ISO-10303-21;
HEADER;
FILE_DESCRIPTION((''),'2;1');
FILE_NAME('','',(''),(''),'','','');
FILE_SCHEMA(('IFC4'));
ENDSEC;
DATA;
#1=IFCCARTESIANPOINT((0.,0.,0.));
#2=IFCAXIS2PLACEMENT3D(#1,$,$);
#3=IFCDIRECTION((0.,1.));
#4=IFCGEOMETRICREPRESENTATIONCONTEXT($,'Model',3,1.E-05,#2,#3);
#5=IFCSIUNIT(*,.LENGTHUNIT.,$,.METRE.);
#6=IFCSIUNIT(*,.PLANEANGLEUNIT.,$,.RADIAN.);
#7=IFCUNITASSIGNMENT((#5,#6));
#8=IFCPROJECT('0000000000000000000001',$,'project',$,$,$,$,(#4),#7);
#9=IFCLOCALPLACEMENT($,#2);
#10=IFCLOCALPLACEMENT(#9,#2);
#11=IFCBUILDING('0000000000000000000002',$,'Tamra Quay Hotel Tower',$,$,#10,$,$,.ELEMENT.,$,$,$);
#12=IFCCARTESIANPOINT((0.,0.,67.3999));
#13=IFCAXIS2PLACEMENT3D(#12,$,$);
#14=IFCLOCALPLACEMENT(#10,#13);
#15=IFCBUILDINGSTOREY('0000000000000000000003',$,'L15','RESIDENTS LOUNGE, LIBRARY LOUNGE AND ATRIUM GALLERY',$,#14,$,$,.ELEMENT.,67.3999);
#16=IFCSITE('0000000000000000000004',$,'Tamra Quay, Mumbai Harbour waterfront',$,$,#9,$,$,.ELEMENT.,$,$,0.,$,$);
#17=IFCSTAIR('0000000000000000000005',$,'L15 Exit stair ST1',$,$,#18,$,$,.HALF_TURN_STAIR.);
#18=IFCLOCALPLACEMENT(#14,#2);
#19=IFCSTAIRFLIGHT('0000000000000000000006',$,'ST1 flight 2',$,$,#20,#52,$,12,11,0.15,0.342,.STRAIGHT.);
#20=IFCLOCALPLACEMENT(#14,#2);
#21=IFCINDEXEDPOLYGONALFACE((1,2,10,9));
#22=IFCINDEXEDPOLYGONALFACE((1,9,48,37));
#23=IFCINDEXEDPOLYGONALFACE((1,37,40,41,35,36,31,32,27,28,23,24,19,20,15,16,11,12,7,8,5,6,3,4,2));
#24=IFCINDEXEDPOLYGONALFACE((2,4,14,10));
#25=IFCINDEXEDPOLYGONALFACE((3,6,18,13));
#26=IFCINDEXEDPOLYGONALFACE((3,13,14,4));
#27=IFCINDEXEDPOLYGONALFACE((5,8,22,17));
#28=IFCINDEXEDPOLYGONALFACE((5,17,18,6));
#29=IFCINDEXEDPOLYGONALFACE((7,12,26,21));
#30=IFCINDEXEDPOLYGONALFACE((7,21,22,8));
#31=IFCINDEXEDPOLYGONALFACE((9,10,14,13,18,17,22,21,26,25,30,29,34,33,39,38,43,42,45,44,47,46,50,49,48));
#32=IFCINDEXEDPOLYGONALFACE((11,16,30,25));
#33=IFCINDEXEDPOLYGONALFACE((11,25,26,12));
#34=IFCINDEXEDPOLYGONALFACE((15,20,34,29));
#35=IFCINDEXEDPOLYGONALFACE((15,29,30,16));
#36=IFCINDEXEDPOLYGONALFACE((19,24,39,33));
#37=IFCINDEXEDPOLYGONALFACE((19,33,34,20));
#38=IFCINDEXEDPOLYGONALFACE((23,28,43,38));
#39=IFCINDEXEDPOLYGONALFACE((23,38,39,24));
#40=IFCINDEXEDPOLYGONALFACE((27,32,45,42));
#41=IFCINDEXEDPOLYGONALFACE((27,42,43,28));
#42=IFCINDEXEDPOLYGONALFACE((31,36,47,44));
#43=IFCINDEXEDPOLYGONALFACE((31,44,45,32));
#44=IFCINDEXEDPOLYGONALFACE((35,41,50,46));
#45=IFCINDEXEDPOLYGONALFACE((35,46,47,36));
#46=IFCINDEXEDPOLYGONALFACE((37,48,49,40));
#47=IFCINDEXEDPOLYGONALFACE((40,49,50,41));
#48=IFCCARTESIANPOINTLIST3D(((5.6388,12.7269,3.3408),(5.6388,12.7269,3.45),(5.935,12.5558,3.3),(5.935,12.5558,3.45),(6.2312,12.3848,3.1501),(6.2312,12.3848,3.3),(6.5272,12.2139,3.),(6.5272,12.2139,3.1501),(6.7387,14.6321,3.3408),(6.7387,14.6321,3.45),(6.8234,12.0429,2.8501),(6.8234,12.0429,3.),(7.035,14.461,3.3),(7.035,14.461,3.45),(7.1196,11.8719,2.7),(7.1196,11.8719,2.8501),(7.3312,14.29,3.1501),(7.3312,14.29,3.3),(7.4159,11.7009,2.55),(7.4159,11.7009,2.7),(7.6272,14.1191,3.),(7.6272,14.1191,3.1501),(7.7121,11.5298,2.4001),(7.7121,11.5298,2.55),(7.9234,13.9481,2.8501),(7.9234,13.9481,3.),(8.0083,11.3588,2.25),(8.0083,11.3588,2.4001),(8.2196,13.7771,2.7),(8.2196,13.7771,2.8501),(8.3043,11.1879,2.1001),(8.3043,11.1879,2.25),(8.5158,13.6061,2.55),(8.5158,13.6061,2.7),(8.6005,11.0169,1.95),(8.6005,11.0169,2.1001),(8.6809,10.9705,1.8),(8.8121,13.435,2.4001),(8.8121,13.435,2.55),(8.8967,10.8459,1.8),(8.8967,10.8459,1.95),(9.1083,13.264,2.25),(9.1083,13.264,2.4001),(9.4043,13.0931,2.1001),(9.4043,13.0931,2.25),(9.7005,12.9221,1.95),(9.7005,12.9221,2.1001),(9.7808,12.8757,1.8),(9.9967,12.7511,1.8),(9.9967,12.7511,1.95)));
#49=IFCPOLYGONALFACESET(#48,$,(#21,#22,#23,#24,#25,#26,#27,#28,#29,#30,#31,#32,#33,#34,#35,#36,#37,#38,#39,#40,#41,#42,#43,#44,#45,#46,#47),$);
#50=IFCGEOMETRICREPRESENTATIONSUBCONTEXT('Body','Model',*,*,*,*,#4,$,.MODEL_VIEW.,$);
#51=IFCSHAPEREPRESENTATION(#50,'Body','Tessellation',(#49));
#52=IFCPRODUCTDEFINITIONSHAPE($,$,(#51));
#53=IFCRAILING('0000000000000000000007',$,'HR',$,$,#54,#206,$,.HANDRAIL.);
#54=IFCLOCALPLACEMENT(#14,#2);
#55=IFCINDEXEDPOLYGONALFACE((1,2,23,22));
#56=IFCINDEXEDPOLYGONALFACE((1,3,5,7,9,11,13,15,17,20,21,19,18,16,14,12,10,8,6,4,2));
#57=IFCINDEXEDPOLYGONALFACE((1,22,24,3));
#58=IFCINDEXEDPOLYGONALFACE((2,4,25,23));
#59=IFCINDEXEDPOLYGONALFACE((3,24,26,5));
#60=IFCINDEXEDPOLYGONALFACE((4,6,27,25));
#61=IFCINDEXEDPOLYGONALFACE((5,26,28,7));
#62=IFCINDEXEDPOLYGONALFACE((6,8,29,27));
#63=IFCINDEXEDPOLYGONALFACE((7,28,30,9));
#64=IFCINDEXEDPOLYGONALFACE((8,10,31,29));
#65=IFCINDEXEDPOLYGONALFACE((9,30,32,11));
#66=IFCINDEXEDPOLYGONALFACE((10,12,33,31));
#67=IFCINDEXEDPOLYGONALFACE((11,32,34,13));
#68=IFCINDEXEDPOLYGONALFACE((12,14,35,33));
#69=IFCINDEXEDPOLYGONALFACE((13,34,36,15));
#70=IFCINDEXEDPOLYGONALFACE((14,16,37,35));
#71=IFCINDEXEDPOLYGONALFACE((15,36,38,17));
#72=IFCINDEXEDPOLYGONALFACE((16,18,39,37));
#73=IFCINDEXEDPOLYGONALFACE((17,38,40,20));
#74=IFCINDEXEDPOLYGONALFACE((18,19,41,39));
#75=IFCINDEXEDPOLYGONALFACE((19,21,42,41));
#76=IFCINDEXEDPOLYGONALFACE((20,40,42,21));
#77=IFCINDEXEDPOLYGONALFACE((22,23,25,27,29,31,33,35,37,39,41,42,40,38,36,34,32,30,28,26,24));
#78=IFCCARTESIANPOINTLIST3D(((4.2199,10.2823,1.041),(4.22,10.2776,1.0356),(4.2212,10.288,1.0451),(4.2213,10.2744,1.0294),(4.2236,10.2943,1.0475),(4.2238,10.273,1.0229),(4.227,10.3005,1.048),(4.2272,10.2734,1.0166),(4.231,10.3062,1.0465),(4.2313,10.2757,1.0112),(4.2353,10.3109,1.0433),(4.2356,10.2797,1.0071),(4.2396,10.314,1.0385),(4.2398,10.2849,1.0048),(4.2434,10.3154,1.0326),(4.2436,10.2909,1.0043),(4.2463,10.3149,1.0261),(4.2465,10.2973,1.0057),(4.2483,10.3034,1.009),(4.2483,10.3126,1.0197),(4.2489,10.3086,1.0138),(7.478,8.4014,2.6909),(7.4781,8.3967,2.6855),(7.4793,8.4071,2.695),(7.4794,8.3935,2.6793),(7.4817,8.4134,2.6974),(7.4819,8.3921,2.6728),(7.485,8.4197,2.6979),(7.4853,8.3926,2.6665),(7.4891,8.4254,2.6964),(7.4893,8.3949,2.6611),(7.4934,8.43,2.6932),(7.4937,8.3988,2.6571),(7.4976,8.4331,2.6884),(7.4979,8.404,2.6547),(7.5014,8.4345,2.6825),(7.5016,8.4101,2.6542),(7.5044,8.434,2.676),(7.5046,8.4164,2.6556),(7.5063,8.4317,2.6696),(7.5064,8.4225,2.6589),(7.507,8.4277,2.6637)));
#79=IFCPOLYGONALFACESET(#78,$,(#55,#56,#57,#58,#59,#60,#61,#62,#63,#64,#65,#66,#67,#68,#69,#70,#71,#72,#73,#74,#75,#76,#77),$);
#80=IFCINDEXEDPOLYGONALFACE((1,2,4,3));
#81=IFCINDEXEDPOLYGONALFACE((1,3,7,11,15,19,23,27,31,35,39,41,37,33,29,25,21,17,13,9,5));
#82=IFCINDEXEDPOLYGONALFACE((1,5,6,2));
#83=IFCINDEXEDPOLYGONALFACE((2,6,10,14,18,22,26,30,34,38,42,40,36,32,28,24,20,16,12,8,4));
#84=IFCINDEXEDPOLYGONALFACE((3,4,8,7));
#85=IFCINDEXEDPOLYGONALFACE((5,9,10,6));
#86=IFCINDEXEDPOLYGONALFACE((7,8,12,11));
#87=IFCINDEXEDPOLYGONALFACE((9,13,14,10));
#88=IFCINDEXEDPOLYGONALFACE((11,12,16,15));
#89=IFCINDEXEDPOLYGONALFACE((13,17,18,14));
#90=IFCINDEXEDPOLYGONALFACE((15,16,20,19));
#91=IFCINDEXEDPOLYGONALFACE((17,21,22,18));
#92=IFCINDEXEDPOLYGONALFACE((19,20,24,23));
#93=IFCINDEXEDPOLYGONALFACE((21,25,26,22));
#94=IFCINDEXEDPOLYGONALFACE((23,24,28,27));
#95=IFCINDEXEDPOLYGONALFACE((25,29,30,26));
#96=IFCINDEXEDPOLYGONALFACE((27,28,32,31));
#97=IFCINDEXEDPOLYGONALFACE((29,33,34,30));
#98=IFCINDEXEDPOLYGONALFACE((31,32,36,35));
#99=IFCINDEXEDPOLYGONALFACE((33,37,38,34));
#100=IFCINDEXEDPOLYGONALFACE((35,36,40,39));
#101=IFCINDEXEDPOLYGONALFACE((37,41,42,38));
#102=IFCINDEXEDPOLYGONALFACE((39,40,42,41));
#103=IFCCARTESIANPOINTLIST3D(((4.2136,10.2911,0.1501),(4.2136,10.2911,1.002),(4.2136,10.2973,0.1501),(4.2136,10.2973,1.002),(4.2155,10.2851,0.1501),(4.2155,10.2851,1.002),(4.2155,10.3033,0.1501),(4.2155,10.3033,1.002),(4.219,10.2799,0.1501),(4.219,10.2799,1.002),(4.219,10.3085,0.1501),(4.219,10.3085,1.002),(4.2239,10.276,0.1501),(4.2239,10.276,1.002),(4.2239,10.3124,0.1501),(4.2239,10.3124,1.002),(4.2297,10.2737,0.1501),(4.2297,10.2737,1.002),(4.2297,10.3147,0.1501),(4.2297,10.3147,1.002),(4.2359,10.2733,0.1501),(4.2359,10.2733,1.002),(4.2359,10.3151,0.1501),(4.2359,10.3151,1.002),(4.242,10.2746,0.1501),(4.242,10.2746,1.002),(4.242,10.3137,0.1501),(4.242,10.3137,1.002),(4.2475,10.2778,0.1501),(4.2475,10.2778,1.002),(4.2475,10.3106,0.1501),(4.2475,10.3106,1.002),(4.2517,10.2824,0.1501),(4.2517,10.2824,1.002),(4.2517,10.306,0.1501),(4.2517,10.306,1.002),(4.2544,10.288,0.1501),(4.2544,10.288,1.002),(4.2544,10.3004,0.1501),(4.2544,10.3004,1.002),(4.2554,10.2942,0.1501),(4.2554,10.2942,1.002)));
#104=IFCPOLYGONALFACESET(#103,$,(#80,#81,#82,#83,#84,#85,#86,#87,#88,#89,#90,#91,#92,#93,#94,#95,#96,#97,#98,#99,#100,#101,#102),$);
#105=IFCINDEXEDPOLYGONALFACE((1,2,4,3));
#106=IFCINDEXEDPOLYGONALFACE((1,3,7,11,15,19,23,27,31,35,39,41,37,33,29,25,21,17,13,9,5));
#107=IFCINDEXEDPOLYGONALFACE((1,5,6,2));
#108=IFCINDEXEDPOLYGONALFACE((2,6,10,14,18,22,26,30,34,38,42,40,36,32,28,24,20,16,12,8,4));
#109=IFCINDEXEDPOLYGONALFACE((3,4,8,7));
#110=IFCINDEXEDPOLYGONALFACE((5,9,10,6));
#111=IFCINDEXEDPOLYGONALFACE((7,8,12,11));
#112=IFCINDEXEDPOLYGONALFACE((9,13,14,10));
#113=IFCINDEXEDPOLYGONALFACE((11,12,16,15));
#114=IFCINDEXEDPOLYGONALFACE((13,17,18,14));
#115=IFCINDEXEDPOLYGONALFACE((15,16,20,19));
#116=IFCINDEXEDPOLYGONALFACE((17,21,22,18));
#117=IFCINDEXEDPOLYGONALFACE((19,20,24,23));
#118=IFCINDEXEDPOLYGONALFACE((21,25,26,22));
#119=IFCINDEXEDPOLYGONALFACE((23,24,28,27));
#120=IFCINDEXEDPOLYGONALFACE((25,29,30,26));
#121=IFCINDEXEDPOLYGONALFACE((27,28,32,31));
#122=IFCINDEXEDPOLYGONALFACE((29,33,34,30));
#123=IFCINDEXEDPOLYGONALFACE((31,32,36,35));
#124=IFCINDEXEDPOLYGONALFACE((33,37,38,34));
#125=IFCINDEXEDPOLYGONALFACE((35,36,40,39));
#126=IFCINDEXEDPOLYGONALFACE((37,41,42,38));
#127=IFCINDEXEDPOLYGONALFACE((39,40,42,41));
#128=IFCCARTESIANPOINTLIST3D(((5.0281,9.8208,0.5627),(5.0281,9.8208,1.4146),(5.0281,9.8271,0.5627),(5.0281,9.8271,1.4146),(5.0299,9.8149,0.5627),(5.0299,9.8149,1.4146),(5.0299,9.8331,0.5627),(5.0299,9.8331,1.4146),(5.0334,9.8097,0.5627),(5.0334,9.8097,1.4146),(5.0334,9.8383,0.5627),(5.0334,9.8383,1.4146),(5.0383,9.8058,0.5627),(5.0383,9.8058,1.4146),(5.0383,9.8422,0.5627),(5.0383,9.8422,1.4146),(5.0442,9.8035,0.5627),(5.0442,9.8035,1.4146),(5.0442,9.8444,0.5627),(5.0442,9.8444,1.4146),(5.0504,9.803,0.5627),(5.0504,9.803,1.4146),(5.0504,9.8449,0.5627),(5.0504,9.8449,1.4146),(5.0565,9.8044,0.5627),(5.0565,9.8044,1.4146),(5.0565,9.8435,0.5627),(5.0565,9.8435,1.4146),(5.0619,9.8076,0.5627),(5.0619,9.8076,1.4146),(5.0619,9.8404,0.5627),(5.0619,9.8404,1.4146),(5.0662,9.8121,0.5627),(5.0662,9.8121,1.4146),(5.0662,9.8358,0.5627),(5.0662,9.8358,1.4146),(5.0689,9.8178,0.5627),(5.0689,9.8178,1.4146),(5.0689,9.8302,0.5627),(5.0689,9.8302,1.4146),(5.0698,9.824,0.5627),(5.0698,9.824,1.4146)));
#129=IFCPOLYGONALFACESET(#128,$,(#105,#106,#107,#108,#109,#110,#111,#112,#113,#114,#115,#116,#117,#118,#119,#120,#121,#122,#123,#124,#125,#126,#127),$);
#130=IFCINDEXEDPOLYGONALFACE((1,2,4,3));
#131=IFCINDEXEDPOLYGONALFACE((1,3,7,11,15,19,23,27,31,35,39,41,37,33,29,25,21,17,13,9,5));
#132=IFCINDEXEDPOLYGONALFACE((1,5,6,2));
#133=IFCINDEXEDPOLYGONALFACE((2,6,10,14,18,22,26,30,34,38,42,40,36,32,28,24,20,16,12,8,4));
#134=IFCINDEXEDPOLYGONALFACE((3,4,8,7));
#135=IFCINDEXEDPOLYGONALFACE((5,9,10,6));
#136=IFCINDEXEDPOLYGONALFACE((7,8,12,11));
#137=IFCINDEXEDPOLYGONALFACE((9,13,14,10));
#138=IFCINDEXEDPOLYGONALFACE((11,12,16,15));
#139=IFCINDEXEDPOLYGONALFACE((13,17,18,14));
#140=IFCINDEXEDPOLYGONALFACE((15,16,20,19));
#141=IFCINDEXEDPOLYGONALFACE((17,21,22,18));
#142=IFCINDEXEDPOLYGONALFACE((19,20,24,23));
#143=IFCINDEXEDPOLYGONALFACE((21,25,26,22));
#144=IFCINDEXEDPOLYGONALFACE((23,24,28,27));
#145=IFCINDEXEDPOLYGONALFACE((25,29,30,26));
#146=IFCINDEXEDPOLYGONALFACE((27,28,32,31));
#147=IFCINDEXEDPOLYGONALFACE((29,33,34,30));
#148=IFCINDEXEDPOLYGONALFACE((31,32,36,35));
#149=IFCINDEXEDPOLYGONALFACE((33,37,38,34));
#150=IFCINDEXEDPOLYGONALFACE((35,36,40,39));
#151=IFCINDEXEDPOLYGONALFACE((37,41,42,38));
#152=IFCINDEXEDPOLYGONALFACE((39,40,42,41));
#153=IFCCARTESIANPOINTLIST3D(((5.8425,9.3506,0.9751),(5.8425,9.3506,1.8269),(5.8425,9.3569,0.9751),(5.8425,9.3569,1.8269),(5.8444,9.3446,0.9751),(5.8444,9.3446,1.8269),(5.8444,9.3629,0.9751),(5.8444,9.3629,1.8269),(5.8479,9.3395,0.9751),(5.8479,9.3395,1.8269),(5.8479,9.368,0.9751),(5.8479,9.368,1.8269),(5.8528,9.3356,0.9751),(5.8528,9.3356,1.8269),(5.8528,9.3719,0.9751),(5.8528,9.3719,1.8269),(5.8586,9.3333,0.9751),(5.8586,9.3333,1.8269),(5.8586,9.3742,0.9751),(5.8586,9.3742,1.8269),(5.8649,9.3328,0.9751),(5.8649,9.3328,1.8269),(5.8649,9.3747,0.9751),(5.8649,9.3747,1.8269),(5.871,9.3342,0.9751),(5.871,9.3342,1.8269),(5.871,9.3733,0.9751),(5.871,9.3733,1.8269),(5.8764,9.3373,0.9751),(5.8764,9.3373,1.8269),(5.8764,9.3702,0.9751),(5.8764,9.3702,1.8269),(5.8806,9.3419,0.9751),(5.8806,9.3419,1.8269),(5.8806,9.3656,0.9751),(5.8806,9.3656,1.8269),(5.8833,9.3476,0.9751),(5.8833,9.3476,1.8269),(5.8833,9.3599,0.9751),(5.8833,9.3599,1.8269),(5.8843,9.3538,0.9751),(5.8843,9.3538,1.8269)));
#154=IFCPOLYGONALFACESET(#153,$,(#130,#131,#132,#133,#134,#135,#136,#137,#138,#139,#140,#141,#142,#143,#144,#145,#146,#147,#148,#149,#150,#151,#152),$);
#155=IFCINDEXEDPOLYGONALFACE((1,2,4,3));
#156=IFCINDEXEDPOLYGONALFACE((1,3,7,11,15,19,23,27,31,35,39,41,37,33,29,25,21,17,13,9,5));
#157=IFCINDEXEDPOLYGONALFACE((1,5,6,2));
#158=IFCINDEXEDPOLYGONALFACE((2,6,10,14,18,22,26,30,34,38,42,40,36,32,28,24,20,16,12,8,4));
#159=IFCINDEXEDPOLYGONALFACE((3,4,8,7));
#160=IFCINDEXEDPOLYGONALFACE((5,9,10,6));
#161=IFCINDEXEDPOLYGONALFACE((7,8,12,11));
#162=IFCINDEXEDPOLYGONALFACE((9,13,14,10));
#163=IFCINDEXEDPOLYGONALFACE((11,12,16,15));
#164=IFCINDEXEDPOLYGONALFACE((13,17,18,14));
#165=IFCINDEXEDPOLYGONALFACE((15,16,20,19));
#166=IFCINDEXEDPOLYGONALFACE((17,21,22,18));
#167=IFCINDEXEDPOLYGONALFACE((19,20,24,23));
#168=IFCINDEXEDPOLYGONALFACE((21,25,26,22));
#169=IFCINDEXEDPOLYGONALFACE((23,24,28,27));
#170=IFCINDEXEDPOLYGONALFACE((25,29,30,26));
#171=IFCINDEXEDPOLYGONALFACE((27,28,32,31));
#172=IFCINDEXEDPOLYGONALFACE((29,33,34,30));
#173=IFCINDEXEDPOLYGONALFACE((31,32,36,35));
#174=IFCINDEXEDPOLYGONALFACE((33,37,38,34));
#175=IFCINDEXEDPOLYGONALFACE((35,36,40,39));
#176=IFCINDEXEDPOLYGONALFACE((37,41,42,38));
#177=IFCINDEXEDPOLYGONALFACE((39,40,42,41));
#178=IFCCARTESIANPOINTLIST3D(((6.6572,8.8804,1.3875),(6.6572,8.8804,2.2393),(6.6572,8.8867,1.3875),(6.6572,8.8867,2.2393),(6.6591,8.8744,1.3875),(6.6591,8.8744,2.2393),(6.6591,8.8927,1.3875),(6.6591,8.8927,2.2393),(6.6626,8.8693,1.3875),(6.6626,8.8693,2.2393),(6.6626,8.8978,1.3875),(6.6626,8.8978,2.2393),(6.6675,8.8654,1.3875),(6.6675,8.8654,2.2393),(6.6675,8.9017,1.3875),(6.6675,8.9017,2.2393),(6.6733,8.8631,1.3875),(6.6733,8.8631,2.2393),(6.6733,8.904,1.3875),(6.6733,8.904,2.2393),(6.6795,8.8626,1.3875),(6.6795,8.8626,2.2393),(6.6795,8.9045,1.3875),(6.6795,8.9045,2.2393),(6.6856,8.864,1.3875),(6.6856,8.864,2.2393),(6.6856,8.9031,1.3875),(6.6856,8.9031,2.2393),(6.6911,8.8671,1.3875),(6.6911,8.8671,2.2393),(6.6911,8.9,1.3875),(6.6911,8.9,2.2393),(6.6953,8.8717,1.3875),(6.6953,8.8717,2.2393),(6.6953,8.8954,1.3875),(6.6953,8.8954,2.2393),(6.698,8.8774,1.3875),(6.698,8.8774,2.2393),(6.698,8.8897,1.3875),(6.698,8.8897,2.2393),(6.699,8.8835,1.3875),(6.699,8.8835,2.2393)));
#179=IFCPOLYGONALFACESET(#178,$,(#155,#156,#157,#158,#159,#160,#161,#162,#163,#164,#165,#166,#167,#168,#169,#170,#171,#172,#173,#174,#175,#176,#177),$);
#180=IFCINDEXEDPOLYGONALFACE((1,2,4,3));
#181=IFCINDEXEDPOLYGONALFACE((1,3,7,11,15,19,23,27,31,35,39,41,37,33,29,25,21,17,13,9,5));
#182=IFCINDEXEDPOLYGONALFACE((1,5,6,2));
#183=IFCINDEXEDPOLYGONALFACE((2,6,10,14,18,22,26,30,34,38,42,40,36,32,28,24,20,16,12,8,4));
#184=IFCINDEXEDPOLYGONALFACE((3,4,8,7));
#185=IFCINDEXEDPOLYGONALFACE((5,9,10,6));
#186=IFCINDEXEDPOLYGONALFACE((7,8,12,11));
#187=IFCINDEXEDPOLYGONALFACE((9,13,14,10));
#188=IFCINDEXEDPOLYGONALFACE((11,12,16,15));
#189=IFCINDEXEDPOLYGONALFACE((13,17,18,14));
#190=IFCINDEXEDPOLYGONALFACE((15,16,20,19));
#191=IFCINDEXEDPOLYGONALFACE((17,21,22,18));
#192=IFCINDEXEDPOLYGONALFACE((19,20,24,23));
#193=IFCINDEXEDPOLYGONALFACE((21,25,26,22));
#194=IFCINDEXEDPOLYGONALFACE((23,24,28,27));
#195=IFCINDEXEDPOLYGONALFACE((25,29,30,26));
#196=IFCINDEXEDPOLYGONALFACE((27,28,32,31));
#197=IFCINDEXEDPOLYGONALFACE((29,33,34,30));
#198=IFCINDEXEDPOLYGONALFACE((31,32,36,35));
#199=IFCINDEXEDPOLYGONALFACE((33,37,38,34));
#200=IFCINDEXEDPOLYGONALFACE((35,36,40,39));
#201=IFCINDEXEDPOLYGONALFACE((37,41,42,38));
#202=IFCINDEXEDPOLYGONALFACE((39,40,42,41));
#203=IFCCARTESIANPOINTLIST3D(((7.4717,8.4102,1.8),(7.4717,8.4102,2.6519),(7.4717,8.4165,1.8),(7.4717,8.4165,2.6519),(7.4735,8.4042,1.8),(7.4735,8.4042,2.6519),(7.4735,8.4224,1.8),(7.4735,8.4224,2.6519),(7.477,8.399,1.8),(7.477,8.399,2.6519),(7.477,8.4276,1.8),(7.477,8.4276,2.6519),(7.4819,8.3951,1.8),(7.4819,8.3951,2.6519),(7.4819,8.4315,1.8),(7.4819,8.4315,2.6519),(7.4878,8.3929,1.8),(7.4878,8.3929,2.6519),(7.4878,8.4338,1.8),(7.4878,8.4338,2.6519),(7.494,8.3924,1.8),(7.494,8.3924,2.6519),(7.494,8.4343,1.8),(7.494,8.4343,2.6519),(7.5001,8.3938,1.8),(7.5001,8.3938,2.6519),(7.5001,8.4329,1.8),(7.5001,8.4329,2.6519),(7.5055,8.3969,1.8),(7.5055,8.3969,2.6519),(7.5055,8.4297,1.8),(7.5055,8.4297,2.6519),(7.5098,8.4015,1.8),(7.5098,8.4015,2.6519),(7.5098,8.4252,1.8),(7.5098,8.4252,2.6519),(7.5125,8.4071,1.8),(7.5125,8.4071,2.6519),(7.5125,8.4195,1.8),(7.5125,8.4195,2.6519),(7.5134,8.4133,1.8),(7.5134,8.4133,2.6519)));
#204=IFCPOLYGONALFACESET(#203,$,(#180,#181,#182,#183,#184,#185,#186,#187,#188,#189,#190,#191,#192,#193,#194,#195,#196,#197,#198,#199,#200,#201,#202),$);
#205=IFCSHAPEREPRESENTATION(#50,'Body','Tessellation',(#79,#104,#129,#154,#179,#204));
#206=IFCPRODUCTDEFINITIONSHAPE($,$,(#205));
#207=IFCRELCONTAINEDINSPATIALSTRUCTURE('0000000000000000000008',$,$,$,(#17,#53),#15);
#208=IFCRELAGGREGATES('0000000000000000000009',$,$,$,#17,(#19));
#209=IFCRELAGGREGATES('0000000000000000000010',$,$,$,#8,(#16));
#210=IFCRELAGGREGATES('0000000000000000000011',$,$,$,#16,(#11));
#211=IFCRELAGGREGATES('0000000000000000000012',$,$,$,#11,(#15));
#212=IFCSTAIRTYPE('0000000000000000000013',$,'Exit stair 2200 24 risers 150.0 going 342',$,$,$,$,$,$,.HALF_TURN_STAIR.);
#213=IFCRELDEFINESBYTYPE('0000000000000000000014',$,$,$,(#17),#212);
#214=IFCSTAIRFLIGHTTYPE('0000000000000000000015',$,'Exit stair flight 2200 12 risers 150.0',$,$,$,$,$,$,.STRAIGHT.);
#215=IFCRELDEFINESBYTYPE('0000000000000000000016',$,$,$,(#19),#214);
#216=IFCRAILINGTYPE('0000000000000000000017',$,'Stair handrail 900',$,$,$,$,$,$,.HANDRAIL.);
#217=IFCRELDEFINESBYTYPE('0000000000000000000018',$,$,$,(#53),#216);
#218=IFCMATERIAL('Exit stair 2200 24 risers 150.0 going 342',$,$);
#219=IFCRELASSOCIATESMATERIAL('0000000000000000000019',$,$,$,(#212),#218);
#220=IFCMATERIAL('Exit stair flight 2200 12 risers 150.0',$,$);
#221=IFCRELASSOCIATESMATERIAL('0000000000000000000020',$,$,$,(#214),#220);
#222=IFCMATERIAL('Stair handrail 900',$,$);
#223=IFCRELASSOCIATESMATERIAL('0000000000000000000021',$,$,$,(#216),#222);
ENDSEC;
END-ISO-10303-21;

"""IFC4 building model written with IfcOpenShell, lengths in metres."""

from ifc_helpers import new_model, si_unit, direction, frame, origin, origin_2d, place, context, subcontext, project, spatial, polyline, circle, outline, extrude, material, type_object, element, aggregate, save


model = new_model("IFC4")

# Units and contexts
model_context = context("Model", 3, precision=1e-05, world=origin(), true_north=direction((0.0, 1.0)))
body_context = subcontext(model_context, "Body", "Model", "MODEL_VIEW")
ifc_project = project(units=[si_unit("LENGTHUNIT", "METRE"), si_unit("PLANEANGLEUNIT", "RADIAN")], contexts=[model_context])

# Site, building, storey
site_placement = place(None, origin())
site = spatial("IfcSite", under=ifc_project, at=site_placement, Name="Tamra Quay, Mumbai Harbour waterfront", CompositionType="ELEMENT", RefElevation=0.0)
building_placement = place(site_placement, origin())
building = spatial("IfcBuilding", under=site, at=building_placement, Name="Tamra Quay Hotel Tower", CompositionType="ELEMENT")
storey_placement = place(building_placement, frame((0.0, 0.0, 67.3999)))
storey = spatial("IfcBuildingStorey", under=building, at=storey_placement, Name="L15", Description="RESIDENTS LOUNGE, LIBRARY LOUNGE AND ATRIUM GALLERY", CompositionType="ELEMENT", Elevation=67.3999)

# Stair, stair flight
ifc_material_1 = material(Name="Exit stair 2200 24 risers 150.0 going 342")
stair_type = type_object("IfcStairType", Name="Exit stair 2200 24 risers 150.0 going 342", PredefinedType="HALF_TURN_STAIR", material=ifc_material_1)
stair_placement = place(storey_placement, origin())
stair = element("IfcStair", 1, at=stair_placement, inside=storey, type_object=stair_type, Name="L15 Exit stair ST1", PredefinedType="HALF_TURN_STAIR")
ifc_material_2 = material(Name="Exit stair flight 2200 12 risers 150.0")
stair_flight_type = type_object("IfcStairFlightType", Name="Exit stair flight 2200 12 risers 150.0", PredefinedType="STRAIGHT", material=ifc_material_2)
stair_flight_1_placement = place(storey_placement, frame((9.4468, 11.7986, 1.8), z_axis=(0.0, 0.0, 1.0), x_axis=(-0.866025, 0.5, 0.0)))
stair_flight_1 = element("IfcStairFlight", 2, at=stair_flight_1_placement, type_object=stair_flight_type, Name="ST1 flight 2", NumberOfRisers=12, NumberOfTreads=11, PredefinedType="STRAIGHT", RiserHeight=0.15, TreadLength=0.342, context=body_context, shape_type="SweptSolid", body=[
    extrude(outline(polyline([(0.0, 0.0), (0.0, 0.1499), (0.342, 0.1499), (0.342, 0.3), (0.6841, 0.3), (0.6841, 0.45), (1.0259, 0.45), (1.0259, 0.6001), (1.3679, 0.6001), (1.3679, 0.75), (1.71, 0.75), (1.71, 0.8999), (2.052, 0.8999), (2.052, 1.05), (2.394, 1.05), (2.394, 1.2), (2.7361, 1.2), (2.7361, 1.3501), (3.0779, 1.3501), (3.0779, 1.5), (3.4199, 1.5), (3.4199, 1.6499), (3.762, 1.6499), (3.762, 1.8), (3.762, 1.5408), (0.2493, 0.0), (0.0, 0.0)])), frame((0.0, 1.1001, 0.0), z_axis=(0.0, -1.0, 0.0), x_axis=(1.0, 0.0, 0.0)), (0.0, 0.0, 1.0), 2.2),
])
aggregate(stair, [stair_flight_1])

# Railing
ifc_material_3 = material(Name="Stair handrail 900")
railing_type_1 = type_object("IfcRailingType", Name="Stair handrail 900", PredefinedType="HANDRAIL", material=ifc_material_3)
railing_1_placement = place(storey_placement, frame((4.2344, 10.2942, 0.1501)))
element("IfcRailing", 3, at=railing_1_placement, inside=storey, type_object=railing_type_1, Name="HR", PredefinedType="HANDRAIL", context=body_context, shape_type="SweptSolid", body=[
    extrude(circle(Radius=0.0239, at=origin_2d()), frame((0.0, 0.0, 0.876), z_axis=(0.793122, -0.457865, 0.401642), x_axis=(0.499964, 0.866046, 0.0)), (0.0, 0.0, 1.0), 4.1079),
    extrude(circle(Radius=0.021, at=origin_2d()), origin(), (0.0, 0.0, 1.0), 0.8518),
    extrude(circle(Radius=0.021, at=origin_2d()), frame((0.8145, -0.4702, 0.4126)), (0.0, 0.0, 1.0), 0.8518),
    extrude(circle(Radius=0.021, at=origin_2d()), frame((1.6289, -0.9404, 0.825)), (0.0, 0.0, 1.0), 0.8518),
    extrude(circle(Radius=0.021, at=origin_2d()), frame((2.4436, -1.4106, 1.2373)), (0.0, 0.0, 1.0), 0.8518),
    extrude(circle(Radius=0.021, at=origin_2d()), frame((3.2581, -1.8809, 1.6499)), (0.0, 0.0, 1.0), 0.8518),
])

save(model, "model.ifc")
